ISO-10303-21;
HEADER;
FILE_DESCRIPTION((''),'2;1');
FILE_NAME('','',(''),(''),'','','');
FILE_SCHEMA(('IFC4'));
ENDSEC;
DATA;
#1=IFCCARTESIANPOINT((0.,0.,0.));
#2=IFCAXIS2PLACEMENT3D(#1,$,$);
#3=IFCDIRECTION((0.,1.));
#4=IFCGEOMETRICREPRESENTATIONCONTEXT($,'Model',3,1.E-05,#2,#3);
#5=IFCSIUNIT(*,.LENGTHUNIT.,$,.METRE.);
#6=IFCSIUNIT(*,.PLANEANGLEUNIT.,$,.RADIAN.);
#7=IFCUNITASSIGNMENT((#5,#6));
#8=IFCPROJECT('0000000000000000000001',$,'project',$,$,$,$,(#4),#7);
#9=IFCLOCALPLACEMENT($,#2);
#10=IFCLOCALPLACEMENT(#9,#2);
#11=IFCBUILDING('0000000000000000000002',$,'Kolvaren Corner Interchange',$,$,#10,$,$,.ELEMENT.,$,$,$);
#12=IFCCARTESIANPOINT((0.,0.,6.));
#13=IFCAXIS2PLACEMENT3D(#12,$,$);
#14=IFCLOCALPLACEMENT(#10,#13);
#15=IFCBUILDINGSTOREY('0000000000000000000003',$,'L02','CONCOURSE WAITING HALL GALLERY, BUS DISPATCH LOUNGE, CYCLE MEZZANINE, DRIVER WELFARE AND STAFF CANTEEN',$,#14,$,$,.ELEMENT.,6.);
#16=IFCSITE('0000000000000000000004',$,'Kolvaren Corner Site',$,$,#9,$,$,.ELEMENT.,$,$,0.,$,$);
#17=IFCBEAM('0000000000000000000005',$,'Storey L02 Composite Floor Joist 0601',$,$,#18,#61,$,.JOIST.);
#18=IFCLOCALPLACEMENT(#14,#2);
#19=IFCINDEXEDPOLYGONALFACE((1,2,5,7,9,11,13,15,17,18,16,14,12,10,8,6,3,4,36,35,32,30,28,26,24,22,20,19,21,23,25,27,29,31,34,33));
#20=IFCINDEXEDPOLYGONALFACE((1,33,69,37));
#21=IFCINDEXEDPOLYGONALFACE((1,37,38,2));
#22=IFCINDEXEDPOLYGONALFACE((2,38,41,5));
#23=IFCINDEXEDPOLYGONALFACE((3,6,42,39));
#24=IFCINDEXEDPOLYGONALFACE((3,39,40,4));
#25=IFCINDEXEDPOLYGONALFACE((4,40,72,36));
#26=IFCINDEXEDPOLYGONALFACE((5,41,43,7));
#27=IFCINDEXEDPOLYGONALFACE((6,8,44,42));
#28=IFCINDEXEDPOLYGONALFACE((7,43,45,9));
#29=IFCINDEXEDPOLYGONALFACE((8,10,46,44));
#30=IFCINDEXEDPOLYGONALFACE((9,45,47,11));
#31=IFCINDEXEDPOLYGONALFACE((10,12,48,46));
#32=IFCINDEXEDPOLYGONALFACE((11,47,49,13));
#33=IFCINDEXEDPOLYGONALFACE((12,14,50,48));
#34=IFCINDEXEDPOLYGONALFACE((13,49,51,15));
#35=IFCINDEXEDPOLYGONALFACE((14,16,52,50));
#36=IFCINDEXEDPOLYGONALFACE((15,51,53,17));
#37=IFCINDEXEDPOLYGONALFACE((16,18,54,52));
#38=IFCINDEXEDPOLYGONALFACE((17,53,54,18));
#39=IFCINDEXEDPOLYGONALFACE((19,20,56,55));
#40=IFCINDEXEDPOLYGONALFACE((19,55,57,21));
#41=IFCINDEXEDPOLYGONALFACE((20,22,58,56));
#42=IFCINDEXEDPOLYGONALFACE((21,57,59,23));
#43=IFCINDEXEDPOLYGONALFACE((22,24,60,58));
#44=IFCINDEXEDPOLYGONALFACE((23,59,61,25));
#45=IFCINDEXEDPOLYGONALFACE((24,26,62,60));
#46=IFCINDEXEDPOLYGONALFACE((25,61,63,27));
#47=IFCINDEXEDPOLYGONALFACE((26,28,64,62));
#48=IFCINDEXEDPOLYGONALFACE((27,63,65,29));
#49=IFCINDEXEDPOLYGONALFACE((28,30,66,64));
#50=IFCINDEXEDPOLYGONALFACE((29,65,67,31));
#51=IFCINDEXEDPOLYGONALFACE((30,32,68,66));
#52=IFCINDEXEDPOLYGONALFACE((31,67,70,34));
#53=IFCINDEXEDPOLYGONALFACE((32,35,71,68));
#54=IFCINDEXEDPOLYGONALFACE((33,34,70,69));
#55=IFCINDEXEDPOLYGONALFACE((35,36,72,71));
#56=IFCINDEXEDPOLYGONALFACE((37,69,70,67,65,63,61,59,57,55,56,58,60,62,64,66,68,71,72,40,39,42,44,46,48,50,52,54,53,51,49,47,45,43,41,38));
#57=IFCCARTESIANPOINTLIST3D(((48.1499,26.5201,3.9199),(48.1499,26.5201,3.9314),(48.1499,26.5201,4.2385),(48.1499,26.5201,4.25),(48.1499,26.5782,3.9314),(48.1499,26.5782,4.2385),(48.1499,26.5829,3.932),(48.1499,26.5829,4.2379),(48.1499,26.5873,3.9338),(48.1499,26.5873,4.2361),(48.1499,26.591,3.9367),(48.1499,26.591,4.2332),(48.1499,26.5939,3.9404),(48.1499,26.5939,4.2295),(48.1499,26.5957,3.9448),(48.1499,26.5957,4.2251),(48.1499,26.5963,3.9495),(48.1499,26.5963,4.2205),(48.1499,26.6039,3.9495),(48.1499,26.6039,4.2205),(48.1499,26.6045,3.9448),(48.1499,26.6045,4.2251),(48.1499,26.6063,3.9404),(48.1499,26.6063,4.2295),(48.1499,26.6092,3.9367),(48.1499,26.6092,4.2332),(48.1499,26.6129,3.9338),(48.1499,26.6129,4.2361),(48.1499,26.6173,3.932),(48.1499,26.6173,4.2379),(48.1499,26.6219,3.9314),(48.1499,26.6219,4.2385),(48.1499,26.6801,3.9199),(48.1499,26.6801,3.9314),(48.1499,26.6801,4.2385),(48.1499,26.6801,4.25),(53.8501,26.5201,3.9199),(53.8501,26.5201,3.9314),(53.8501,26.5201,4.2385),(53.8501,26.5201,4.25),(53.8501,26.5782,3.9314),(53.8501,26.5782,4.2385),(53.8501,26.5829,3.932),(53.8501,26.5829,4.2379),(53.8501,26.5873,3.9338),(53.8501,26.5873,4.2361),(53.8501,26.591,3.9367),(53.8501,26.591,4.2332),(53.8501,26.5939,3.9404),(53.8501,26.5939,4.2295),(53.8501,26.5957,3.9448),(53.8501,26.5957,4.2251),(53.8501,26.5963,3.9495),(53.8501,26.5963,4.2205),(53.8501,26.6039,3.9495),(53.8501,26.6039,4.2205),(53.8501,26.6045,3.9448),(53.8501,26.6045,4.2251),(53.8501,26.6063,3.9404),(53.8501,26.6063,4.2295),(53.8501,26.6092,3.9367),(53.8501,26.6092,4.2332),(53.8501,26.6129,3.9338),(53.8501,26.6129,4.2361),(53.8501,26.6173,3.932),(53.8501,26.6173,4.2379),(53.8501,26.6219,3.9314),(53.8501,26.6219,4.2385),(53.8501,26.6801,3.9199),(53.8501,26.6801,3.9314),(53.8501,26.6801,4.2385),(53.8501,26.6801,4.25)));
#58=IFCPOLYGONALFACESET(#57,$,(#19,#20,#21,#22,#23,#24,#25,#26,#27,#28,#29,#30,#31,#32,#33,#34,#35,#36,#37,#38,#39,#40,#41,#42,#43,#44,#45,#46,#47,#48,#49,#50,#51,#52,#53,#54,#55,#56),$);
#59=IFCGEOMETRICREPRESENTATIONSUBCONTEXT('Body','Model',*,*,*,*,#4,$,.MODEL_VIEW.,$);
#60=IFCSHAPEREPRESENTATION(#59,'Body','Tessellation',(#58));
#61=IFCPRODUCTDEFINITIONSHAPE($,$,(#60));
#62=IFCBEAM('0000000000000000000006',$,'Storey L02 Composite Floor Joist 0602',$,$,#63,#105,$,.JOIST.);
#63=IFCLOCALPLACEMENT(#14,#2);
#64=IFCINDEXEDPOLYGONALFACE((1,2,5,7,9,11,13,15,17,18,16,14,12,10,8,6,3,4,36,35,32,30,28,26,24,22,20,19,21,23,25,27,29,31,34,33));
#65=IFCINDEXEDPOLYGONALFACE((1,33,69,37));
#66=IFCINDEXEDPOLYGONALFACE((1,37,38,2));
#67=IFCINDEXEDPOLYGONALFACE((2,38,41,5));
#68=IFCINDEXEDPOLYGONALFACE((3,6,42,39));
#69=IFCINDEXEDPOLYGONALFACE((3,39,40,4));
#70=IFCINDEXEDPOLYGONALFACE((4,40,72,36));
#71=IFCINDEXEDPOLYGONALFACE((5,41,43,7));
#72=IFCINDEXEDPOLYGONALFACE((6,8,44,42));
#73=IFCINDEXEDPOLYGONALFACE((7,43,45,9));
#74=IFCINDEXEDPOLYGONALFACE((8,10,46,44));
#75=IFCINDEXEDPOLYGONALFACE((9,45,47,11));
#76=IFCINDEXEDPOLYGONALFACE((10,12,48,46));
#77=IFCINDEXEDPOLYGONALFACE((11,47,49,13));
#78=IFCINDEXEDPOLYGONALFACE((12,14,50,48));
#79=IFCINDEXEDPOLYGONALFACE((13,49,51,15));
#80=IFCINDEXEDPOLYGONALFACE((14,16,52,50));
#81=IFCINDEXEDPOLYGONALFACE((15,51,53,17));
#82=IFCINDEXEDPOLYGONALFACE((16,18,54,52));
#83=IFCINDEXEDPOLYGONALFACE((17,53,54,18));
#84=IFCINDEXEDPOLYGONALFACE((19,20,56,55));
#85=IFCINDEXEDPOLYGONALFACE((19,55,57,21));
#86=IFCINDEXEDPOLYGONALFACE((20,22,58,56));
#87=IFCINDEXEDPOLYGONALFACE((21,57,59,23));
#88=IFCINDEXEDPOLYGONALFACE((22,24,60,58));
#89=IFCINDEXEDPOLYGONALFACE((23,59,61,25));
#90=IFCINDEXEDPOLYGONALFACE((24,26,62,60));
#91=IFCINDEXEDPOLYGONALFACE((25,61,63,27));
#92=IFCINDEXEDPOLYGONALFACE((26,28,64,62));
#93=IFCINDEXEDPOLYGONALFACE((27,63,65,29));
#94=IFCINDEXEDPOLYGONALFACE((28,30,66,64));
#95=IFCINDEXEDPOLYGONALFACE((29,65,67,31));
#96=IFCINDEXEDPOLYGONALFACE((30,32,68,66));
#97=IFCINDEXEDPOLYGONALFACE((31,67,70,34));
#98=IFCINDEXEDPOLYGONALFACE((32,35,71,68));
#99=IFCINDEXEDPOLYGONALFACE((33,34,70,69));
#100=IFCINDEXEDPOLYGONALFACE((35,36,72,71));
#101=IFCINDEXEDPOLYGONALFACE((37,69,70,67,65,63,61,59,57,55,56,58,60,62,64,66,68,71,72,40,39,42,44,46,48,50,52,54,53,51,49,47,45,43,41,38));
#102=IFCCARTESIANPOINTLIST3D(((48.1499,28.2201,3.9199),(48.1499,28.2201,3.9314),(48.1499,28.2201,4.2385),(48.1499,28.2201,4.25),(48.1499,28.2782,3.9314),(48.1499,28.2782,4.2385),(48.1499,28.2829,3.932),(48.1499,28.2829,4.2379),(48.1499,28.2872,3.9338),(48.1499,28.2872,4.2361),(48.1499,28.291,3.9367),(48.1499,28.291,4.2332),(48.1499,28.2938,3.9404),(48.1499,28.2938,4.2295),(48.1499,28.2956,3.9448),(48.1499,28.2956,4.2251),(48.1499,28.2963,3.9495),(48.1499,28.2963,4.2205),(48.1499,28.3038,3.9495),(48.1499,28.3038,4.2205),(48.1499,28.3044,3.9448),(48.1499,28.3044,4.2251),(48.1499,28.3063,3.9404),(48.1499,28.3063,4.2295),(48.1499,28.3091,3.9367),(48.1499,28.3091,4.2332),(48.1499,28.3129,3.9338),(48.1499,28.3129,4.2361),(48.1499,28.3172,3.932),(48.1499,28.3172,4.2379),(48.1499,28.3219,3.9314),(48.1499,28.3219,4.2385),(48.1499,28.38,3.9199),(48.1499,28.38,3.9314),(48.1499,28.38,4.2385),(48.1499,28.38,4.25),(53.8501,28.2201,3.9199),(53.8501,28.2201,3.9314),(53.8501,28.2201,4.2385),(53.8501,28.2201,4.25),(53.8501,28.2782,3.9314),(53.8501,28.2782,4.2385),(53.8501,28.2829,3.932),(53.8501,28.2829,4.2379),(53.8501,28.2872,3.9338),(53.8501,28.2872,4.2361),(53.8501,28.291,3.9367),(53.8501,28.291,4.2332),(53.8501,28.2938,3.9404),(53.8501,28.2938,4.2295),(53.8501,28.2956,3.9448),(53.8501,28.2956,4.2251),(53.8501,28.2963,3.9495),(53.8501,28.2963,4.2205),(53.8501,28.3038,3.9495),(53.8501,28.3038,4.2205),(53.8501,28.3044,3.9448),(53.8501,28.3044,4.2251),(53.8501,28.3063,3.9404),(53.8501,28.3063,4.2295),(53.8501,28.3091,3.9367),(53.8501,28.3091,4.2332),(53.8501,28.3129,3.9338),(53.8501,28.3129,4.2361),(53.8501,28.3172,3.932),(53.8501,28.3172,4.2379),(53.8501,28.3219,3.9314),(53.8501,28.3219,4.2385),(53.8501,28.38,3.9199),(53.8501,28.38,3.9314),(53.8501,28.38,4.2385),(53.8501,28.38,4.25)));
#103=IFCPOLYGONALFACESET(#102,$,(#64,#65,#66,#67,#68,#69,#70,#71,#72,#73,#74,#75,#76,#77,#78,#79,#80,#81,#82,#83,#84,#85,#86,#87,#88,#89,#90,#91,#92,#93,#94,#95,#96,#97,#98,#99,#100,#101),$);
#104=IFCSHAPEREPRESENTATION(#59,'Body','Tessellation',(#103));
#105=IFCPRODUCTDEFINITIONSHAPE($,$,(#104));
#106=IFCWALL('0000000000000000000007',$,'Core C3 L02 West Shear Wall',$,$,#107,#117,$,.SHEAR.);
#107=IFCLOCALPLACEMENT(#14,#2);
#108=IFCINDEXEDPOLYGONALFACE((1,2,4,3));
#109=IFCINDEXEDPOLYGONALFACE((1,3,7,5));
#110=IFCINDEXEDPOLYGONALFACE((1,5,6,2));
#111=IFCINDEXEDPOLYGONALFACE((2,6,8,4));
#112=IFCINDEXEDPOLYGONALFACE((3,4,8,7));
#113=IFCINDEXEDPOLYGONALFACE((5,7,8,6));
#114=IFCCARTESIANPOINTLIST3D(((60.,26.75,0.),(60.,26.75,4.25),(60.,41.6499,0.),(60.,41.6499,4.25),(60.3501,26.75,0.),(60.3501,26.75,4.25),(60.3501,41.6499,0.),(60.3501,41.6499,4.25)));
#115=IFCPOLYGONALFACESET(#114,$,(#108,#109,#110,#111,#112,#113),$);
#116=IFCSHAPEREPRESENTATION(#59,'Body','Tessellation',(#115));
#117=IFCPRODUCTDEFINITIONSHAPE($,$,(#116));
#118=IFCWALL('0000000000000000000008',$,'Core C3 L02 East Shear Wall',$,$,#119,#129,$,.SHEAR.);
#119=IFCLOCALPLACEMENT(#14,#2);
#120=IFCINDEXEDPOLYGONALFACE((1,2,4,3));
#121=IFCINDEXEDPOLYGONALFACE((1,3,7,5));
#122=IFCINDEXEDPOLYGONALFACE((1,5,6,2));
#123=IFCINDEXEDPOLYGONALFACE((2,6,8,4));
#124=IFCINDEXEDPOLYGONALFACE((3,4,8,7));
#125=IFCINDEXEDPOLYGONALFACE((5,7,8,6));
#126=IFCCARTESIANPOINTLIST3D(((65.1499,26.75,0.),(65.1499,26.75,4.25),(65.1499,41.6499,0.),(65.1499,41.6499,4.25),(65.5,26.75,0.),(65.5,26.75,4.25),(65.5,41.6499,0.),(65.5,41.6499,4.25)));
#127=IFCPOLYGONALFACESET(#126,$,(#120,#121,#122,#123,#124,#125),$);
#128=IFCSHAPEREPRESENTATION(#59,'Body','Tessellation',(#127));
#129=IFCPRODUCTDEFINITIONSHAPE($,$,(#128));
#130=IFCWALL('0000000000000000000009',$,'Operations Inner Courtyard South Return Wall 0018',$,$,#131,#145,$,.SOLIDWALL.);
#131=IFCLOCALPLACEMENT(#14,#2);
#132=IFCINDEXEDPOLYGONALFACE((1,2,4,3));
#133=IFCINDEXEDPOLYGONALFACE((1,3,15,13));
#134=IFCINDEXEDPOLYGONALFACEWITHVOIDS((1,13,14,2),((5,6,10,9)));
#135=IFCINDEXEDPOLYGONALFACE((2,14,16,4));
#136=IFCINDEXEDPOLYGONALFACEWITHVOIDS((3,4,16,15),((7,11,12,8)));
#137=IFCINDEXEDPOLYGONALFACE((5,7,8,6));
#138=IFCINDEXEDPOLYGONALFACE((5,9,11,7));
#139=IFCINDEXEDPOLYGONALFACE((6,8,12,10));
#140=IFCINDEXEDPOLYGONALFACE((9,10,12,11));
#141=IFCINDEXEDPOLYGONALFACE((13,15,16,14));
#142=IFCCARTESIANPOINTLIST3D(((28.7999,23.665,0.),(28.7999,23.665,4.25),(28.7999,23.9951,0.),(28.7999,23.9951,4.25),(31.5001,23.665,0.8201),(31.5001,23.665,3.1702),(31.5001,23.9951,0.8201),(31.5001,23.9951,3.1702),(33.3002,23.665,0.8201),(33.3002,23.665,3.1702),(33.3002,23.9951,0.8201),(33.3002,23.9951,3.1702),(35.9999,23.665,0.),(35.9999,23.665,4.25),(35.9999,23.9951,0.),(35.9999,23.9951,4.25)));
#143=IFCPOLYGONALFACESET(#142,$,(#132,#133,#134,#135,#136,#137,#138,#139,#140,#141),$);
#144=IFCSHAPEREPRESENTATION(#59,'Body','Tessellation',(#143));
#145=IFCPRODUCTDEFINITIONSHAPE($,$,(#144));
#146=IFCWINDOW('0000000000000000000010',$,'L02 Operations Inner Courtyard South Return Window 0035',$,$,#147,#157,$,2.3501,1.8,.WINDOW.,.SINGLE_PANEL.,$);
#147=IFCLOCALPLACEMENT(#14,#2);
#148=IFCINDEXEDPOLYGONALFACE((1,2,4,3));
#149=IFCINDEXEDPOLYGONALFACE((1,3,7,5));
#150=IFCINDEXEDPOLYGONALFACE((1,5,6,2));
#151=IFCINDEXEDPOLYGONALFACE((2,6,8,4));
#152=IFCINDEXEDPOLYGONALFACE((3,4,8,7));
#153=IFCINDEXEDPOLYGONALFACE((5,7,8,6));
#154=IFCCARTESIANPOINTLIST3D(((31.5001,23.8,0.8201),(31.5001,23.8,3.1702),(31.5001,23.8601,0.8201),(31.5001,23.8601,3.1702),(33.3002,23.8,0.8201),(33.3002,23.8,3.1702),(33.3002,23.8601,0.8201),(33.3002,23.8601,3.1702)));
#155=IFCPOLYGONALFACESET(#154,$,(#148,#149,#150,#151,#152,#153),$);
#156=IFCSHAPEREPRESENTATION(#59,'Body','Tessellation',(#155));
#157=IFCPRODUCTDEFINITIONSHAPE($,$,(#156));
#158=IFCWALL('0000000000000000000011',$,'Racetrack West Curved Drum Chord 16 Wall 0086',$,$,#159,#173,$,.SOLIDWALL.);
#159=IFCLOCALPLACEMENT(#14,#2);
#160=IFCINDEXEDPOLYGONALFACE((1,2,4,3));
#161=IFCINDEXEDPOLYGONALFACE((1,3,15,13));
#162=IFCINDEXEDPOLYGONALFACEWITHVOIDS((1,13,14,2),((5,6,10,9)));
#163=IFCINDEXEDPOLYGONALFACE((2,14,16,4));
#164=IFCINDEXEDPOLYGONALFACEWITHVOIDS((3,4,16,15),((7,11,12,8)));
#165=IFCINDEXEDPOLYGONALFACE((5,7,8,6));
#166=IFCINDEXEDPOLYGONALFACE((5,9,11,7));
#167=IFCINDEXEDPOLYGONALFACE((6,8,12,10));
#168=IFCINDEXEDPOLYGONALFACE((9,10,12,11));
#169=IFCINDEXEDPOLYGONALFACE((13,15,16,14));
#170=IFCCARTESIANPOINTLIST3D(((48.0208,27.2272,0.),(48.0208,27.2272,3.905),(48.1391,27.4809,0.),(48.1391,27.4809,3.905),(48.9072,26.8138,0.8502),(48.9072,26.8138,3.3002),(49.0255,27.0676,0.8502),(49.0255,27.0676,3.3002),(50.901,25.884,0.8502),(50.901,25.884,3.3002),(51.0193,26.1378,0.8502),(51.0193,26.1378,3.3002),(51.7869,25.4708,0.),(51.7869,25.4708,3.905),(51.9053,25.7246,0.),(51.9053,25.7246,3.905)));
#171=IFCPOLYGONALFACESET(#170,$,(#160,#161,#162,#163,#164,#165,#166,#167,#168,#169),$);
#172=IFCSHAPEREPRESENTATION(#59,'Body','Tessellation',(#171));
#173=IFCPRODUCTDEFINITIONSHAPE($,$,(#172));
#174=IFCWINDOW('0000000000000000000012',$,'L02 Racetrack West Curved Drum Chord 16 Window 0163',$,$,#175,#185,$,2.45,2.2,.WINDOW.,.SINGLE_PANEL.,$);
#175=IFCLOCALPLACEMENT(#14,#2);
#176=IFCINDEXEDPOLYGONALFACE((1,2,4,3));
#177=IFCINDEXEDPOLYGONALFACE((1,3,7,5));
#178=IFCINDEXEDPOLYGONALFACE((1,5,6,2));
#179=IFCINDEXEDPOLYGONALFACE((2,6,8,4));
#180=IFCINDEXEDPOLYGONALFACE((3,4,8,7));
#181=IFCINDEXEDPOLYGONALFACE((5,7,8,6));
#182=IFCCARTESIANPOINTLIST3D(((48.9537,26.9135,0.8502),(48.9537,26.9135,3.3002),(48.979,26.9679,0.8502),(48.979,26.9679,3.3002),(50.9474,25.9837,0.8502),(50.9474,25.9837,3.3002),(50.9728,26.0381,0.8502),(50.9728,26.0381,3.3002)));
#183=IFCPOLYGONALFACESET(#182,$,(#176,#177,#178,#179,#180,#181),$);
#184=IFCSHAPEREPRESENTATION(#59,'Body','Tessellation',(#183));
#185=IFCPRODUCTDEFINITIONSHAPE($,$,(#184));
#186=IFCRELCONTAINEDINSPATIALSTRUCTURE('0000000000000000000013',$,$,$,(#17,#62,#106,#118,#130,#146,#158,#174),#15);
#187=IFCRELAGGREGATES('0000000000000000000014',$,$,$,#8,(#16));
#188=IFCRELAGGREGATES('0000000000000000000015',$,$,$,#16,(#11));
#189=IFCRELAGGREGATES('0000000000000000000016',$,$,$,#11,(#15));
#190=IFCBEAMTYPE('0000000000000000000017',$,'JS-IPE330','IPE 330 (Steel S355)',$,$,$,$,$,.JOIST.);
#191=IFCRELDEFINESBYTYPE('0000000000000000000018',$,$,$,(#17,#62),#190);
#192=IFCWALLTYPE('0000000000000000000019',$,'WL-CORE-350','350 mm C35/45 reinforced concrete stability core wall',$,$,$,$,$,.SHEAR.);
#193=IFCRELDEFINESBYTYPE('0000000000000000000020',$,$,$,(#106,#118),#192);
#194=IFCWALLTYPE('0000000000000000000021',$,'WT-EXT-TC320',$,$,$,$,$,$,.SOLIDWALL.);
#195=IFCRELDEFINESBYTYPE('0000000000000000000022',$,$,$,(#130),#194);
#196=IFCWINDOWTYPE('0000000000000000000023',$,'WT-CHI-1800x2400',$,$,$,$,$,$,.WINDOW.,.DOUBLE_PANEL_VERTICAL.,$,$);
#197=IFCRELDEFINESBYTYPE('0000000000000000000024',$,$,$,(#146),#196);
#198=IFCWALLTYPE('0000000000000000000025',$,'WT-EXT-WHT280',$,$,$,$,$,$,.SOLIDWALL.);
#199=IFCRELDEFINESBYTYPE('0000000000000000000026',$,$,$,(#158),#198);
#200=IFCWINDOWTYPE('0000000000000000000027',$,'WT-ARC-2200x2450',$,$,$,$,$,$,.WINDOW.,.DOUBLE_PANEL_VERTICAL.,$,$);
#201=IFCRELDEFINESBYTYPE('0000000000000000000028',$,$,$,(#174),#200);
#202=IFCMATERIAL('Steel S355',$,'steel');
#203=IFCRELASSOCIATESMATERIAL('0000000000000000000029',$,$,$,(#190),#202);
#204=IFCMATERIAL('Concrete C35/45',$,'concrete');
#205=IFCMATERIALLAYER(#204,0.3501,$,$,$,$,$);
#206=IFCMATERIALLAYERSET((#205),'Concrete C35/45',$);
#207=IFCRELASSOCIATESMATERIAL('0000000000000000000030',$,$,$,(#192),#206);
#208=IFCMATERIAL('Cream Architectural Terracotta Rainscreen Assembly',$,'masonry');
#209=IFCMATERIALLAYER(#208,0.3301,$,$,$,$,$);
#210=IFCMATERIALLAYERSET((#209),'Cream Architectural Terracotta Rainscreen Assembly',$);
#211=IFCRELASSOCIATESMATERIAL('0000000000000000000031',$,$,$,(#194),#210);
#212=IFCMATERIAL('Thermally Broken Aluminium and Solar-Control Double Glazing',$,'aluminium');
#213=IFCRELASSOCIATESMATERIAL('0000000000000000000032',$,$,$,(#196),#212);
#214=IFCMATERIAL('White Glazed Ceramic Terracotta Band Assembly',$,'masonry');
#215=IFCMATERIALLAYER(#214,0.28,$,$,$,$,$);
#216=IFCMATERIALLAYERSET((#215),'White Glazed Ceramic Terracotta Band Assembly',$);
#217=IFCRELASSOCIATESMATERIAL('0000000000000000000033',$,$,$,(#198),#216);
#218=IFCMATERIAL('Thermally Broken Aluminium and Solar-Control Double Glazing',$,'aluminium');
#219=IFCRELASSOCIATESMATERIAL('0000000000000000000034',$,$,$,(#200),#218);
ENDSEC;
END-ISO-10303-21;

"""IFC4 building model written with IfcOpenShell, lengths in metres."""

from ifc_helpers import new_model, si_unit, direction, frame, frame_2d, origin, origin_2d, place, context, subcontext, project, spatial, rectangle, i_section, extrude, material, layer, layer_set, material_profile, profile_set, type_object, element, fill, save


model = new_model("IFC4")

# Units and contexts
model_context = context("Model", 3, precision=1e-05, world=origin(), true_north=direction((0.0, 1.0)))
body_context = subcontext(model_context, "Body", "Model", "MODEL_VIEW")
ifc_project = project(units=[si_unit("LENGTHUNIT", "METRE"), si_unit("PLANEANGLEUNIT", "RADIAN")], contexts=[model_context])

# Site, building, storey
site_placement = place(None, origin())
site = spatial("IfcSite", under=ifc_project, at=site_placement, Name="Kolvaren Corner Site", CompositionType="ELEMENT", RefElevation=0.0)
building_placement = place(site_placement, origin())
building = spatial("IfcBuilding", under=site, at=building_placement, Name="Kolvaren Corner Interchange", CompositionType="ELEMENT")
storey_placement = place(building_placement, frame((0.0, 0.0, 6.0)))
storey = spatial("IfcBuildingStorey", under=building, at=storey_placement, Name="L02", Description="CONCOURSE WAITING HALL GALLERY, BUS DISPATCH LOUNGE, CYCLE MEZZANINE, DRIVER WELFARE AND STAFF CANTEEN", CompositionType="ELEMENT", Elevation=6.0)

# Beams
ifc_material_1 = material(Name="Steel S355", Category="steel")
ifc_material_profile_1 = material_profile(ifc_material_1, i_section(OverallWidth=0.1599, OverallDepth=0.3301, WebThickness=0.0076, FlangeThickness=0.0115, FilletRadius=0.0181, at=origin_2d()), Name="IPE 330")
ifc_profile_set_1 = profile_set([ifc_material_profile_1], Name="Steel S355")
beam_type_1 = type_object("IfcBeamType", Name="JS-IPE330", Description="IPE 330 (Steel S355)", PredefinedType="JOIST", material=ifc_profile_set_1)
for number, where, z_axis, x_axis, name in (
    (1, (48.1499, 26.6001, 4.085), (1.0, 0.0, 0.0), (0.0, 1.0, 0.0), "Storey L02 Composite Floor Joist 0601"),
    (2, (48.1499, 28.3, 4.085), (1.0, 0.0, 0.0), (0.0, 1.0, 0.0), "Storey L02 Composite Floor Joist 0602"),
):
    element("IfcBeam", number, at=place(storey_placement, frame(where, z_axis=z_axis, x_axis=x_axis)), inside=storey, type_object=beam_type_1, Name=name, PredefinedType="JOIST", context=body_context, shape_type="SweptSolid", body=[
        extrude(i_section(OverallWidth=0.1599, OverallDepth=0.3301, WebThickness=0.0076, FlangeThickness=0.0115, FilletRadius=0.0181, at=origin_2d()), origin(), (0.0, 0.0, 1.0), 5.7002),
    ])

# Shared definitions
ifc_material_2 = material(Name="Concrete C35/45", Category="concrete")
ifc_layer_1 = layer(ifc_material_2, 0.3501)
ifc_layer_set_1 = layer_set([ifc_layer_1], Name="Concrete C35/45")
wall_type_1 = type_object("IfcWallType", Name="WL-CORE-350", Description="350 mm C35/45 reinforced concrete stability core wall", PredefinedType="SHEAR", material=ifc_layer_set_1)

# Walls
for number, where, z_axis, x_axis, name in (
    (3, (60.175, 26.75, 0.0), (0.0, 0.0, 1.0), (0.0, 1.0, 0.0), "Core C3 L02 West Shear Wall"),
    (4, (65.325, 26.75, 0.0), (0.0, 0.0, 1.0), (0.0, 1.0, 0.0), "Core C3 L02 East Shear Wall"),
):
    element("IfcWall", number, at=place(storey_placement, frame(where, z_axis=z_axis, x_axis=x_axis)), inside=storey, type_object=wall_type_1, Name=name, PredefinedType="SHEAR", context=body_context, shape_type="SweptSolid", body=[
        extrude(rectangle(XDim=14.8999, YDim=0.3501, at=frame_2d((7.45, 0.0))), origin(), (0.0, 0.0, 1.0), 4.25),
    ])

# Walls, openings, windows
ifc_material_3 = material(Name="Cream Architectural Terracotta Rainscreen Assembly", Category="masonry")
ifc_layer_2 = layer(ifc_material_3, 0.3301)
ifc_layer_set_2 = layer_set([ifc_layer_2], Name="Cream Architectural Terracotta Rainscreen Assembly")
wall_type_2 = type_object("IfcWallType", Name="WT-EXT-TC320", PredefinedType="SOLIDWALL", material=ifc_layer_set_2)
wall_1_placement = place(storey_placement, frame((36.0, 23.8301, 0.0), z_axis=(0.0, 0.0, 1.0), x_axis=(-1.0, 0.0, 0.0)))
wall_1 = element("IfcWall", 5, at=wall_1_placement, inside=storey, type_object=wall_type_2, Name="Operations Inner Courtyard South Return Wall 0018", PredefinedType="SOLIDWALL", context=body_context, shape_type="SweptSolid", body=[
    extrude(rectangle(XDim=7.2, YDim=0.3301, at=frame_2d((3.6001, 0.0))), origin(), (0.0, 0.0, 1.0), 4.25),
])
opening_1_placement = place(wall_1_placement, frame((2.7, 0.0, 0.8201)))
opening_1 = element("IfcOpeningElement", 6, at=opening_1_placement, cuts=wall_1, PredefinedType="OPENING", context=body_context, shape_type="SweptSolid", body=[
    extrude(rectangle(XDim=1.8, YDim=2.3501, at=frame_2d((0.8999, 1.175))), frame((0.0, 0.175, 0.0), z_axis=(0.0, -1.0, 0.0), x_axis=(1.0, 0.0, 0.0)), (0.0, 0.0, 1.0), 0.3501),
])
ifc_material_4 = material(Name="Thermally Broken Aluminium and Solar-Control Double Glazing", Category="aluminium")
window_type_1 = type_object("IfcWindowType", Name="WT-CHI-1800x2400", PartitioningType="DOUBLE_PANEL_VERTICAL", PredefinedType="WINDOW", material=ifc_material_4)
window_1_placement = place(opening_1_placement, origin())
window_1 = element("IfcWindow", 7, at=window_1_placement, inside=storey, type_object=window_type_1, Name="L02 Operations Inner Courtyard South Return Window 0035", OverallHeight=2.3501, OverallWidth=1.8, PartitioningType="SINGLE_PANEL", PredefinedType="WINDOW", context=body_context, shape_type="SweptSolid", body=[
    extrude(rectangle(XDim=1.8, YDim=2.3501, at=frame_2d((0.8999, 1.175))), frame((0.0, 0.03, 0.0), z_axis=(0.0, -1.0, 0.0), x_axis=(1.0, 0.0, 0.0)), (0.0, 0.0, 1.0), 0.0601),
])
fill(opening_1, window_1)
ifc_material_5 = material(Name="White Glazed Ceramic Terracotta Band Assembly", Category="masonry")
ifc_layer_3 = layer(ifc_material_5, 0.28)
ifc_layer_set_3 = layer_set([ifc_layer_3], Name="White Glazed Ceramic Terracotta Band Assembly")
wall_type_3 = type_object("IfcWallType", Name="WT-EXT-WHT280", PredefinedType="SOLIDWALL", material=ifc_layer_set_3)
wall_2_placement = place(storey_placement, frame((48.0801, 27.354, 0.0), z_axis=(0.0, 0.0, 1.0), x_axis=(0.906291, -0.422654, 0.0)))
wall_2 = element("IfcWall", 8, at=wall_2_placement, inside=storey, type_object=wall_type_3, Name="Racetrack West Curved Drum Chord 16 Wall 0086", PredefinedType="SOLIDWALL", context=body_context, shape_type="SweptSolid", body=[
    extrude(rectangle(XDim=4.1555, YDim=0.28, at=frame_2d((2.0776, 0.0))), origin(), (0.0, 0.0, 1.0), 3.905),
])
opening_2_placement = place(wall_2_placement, frame((0.9778, 0.0, 0.8501)))
opening_2 = element("IfcOpeningElement", 9, at=opening_2_placement, cuts=wall_2, PredefinedType="OPENING", context=body_context, shape_type="SweptSolid", body=[
    extrude(rectangle(XDim=2.2, YDim=2.45, at=frame_2d((1.1001, 1.2251))), frame((0.0, 0.1499, 0.0), z_axis=(0.0, -1.0, 0.0), x_axis=(1.0, 0.0, 0.0)), (0.0, 0.0, 1.0), 0.3),
])
ifc_material_6 = material(Name="Thermally Broken Aluminium and Solar-Control Double Glazing", Category="aluminium")
window_type_2 = type_object("IfcWindowType", Name="WT-ARC-2200x2450", PartitioningType="DOUBLE_PANEL_VERTICAL", PredefinedType="WINDOW", material=ifc_material_6)
window_2_placement = place(opening_2_placement, origin())
window_2 = element("IfcWindow", 10, at=window_2_placement, inside=storey, type_object=window_type_2, Name="L02 Racetrack West Curved Drum Chord 16 Window 0163", OverallHeight=2.45, OverallWidth=2.2, PartitioningType="SINGLE_PANEL", PredefinedType="WINDOW", context=body_context, shape_type="SweptSolid", body=[
    extrude(rectangle(XDim=2.2, YDim=2.45, at=frame_2d((1.1001, 1.2251))), frame((0.0, 0.03, 0.0), z_axis=(0.0, -1.0, 0.0), x_axis=(1.0, 0.0, 0.0)), (0.0, 0.0, 1.0), 0.0601),
])
fill(opening_2, window_2)

save(model, "model.ifc")
